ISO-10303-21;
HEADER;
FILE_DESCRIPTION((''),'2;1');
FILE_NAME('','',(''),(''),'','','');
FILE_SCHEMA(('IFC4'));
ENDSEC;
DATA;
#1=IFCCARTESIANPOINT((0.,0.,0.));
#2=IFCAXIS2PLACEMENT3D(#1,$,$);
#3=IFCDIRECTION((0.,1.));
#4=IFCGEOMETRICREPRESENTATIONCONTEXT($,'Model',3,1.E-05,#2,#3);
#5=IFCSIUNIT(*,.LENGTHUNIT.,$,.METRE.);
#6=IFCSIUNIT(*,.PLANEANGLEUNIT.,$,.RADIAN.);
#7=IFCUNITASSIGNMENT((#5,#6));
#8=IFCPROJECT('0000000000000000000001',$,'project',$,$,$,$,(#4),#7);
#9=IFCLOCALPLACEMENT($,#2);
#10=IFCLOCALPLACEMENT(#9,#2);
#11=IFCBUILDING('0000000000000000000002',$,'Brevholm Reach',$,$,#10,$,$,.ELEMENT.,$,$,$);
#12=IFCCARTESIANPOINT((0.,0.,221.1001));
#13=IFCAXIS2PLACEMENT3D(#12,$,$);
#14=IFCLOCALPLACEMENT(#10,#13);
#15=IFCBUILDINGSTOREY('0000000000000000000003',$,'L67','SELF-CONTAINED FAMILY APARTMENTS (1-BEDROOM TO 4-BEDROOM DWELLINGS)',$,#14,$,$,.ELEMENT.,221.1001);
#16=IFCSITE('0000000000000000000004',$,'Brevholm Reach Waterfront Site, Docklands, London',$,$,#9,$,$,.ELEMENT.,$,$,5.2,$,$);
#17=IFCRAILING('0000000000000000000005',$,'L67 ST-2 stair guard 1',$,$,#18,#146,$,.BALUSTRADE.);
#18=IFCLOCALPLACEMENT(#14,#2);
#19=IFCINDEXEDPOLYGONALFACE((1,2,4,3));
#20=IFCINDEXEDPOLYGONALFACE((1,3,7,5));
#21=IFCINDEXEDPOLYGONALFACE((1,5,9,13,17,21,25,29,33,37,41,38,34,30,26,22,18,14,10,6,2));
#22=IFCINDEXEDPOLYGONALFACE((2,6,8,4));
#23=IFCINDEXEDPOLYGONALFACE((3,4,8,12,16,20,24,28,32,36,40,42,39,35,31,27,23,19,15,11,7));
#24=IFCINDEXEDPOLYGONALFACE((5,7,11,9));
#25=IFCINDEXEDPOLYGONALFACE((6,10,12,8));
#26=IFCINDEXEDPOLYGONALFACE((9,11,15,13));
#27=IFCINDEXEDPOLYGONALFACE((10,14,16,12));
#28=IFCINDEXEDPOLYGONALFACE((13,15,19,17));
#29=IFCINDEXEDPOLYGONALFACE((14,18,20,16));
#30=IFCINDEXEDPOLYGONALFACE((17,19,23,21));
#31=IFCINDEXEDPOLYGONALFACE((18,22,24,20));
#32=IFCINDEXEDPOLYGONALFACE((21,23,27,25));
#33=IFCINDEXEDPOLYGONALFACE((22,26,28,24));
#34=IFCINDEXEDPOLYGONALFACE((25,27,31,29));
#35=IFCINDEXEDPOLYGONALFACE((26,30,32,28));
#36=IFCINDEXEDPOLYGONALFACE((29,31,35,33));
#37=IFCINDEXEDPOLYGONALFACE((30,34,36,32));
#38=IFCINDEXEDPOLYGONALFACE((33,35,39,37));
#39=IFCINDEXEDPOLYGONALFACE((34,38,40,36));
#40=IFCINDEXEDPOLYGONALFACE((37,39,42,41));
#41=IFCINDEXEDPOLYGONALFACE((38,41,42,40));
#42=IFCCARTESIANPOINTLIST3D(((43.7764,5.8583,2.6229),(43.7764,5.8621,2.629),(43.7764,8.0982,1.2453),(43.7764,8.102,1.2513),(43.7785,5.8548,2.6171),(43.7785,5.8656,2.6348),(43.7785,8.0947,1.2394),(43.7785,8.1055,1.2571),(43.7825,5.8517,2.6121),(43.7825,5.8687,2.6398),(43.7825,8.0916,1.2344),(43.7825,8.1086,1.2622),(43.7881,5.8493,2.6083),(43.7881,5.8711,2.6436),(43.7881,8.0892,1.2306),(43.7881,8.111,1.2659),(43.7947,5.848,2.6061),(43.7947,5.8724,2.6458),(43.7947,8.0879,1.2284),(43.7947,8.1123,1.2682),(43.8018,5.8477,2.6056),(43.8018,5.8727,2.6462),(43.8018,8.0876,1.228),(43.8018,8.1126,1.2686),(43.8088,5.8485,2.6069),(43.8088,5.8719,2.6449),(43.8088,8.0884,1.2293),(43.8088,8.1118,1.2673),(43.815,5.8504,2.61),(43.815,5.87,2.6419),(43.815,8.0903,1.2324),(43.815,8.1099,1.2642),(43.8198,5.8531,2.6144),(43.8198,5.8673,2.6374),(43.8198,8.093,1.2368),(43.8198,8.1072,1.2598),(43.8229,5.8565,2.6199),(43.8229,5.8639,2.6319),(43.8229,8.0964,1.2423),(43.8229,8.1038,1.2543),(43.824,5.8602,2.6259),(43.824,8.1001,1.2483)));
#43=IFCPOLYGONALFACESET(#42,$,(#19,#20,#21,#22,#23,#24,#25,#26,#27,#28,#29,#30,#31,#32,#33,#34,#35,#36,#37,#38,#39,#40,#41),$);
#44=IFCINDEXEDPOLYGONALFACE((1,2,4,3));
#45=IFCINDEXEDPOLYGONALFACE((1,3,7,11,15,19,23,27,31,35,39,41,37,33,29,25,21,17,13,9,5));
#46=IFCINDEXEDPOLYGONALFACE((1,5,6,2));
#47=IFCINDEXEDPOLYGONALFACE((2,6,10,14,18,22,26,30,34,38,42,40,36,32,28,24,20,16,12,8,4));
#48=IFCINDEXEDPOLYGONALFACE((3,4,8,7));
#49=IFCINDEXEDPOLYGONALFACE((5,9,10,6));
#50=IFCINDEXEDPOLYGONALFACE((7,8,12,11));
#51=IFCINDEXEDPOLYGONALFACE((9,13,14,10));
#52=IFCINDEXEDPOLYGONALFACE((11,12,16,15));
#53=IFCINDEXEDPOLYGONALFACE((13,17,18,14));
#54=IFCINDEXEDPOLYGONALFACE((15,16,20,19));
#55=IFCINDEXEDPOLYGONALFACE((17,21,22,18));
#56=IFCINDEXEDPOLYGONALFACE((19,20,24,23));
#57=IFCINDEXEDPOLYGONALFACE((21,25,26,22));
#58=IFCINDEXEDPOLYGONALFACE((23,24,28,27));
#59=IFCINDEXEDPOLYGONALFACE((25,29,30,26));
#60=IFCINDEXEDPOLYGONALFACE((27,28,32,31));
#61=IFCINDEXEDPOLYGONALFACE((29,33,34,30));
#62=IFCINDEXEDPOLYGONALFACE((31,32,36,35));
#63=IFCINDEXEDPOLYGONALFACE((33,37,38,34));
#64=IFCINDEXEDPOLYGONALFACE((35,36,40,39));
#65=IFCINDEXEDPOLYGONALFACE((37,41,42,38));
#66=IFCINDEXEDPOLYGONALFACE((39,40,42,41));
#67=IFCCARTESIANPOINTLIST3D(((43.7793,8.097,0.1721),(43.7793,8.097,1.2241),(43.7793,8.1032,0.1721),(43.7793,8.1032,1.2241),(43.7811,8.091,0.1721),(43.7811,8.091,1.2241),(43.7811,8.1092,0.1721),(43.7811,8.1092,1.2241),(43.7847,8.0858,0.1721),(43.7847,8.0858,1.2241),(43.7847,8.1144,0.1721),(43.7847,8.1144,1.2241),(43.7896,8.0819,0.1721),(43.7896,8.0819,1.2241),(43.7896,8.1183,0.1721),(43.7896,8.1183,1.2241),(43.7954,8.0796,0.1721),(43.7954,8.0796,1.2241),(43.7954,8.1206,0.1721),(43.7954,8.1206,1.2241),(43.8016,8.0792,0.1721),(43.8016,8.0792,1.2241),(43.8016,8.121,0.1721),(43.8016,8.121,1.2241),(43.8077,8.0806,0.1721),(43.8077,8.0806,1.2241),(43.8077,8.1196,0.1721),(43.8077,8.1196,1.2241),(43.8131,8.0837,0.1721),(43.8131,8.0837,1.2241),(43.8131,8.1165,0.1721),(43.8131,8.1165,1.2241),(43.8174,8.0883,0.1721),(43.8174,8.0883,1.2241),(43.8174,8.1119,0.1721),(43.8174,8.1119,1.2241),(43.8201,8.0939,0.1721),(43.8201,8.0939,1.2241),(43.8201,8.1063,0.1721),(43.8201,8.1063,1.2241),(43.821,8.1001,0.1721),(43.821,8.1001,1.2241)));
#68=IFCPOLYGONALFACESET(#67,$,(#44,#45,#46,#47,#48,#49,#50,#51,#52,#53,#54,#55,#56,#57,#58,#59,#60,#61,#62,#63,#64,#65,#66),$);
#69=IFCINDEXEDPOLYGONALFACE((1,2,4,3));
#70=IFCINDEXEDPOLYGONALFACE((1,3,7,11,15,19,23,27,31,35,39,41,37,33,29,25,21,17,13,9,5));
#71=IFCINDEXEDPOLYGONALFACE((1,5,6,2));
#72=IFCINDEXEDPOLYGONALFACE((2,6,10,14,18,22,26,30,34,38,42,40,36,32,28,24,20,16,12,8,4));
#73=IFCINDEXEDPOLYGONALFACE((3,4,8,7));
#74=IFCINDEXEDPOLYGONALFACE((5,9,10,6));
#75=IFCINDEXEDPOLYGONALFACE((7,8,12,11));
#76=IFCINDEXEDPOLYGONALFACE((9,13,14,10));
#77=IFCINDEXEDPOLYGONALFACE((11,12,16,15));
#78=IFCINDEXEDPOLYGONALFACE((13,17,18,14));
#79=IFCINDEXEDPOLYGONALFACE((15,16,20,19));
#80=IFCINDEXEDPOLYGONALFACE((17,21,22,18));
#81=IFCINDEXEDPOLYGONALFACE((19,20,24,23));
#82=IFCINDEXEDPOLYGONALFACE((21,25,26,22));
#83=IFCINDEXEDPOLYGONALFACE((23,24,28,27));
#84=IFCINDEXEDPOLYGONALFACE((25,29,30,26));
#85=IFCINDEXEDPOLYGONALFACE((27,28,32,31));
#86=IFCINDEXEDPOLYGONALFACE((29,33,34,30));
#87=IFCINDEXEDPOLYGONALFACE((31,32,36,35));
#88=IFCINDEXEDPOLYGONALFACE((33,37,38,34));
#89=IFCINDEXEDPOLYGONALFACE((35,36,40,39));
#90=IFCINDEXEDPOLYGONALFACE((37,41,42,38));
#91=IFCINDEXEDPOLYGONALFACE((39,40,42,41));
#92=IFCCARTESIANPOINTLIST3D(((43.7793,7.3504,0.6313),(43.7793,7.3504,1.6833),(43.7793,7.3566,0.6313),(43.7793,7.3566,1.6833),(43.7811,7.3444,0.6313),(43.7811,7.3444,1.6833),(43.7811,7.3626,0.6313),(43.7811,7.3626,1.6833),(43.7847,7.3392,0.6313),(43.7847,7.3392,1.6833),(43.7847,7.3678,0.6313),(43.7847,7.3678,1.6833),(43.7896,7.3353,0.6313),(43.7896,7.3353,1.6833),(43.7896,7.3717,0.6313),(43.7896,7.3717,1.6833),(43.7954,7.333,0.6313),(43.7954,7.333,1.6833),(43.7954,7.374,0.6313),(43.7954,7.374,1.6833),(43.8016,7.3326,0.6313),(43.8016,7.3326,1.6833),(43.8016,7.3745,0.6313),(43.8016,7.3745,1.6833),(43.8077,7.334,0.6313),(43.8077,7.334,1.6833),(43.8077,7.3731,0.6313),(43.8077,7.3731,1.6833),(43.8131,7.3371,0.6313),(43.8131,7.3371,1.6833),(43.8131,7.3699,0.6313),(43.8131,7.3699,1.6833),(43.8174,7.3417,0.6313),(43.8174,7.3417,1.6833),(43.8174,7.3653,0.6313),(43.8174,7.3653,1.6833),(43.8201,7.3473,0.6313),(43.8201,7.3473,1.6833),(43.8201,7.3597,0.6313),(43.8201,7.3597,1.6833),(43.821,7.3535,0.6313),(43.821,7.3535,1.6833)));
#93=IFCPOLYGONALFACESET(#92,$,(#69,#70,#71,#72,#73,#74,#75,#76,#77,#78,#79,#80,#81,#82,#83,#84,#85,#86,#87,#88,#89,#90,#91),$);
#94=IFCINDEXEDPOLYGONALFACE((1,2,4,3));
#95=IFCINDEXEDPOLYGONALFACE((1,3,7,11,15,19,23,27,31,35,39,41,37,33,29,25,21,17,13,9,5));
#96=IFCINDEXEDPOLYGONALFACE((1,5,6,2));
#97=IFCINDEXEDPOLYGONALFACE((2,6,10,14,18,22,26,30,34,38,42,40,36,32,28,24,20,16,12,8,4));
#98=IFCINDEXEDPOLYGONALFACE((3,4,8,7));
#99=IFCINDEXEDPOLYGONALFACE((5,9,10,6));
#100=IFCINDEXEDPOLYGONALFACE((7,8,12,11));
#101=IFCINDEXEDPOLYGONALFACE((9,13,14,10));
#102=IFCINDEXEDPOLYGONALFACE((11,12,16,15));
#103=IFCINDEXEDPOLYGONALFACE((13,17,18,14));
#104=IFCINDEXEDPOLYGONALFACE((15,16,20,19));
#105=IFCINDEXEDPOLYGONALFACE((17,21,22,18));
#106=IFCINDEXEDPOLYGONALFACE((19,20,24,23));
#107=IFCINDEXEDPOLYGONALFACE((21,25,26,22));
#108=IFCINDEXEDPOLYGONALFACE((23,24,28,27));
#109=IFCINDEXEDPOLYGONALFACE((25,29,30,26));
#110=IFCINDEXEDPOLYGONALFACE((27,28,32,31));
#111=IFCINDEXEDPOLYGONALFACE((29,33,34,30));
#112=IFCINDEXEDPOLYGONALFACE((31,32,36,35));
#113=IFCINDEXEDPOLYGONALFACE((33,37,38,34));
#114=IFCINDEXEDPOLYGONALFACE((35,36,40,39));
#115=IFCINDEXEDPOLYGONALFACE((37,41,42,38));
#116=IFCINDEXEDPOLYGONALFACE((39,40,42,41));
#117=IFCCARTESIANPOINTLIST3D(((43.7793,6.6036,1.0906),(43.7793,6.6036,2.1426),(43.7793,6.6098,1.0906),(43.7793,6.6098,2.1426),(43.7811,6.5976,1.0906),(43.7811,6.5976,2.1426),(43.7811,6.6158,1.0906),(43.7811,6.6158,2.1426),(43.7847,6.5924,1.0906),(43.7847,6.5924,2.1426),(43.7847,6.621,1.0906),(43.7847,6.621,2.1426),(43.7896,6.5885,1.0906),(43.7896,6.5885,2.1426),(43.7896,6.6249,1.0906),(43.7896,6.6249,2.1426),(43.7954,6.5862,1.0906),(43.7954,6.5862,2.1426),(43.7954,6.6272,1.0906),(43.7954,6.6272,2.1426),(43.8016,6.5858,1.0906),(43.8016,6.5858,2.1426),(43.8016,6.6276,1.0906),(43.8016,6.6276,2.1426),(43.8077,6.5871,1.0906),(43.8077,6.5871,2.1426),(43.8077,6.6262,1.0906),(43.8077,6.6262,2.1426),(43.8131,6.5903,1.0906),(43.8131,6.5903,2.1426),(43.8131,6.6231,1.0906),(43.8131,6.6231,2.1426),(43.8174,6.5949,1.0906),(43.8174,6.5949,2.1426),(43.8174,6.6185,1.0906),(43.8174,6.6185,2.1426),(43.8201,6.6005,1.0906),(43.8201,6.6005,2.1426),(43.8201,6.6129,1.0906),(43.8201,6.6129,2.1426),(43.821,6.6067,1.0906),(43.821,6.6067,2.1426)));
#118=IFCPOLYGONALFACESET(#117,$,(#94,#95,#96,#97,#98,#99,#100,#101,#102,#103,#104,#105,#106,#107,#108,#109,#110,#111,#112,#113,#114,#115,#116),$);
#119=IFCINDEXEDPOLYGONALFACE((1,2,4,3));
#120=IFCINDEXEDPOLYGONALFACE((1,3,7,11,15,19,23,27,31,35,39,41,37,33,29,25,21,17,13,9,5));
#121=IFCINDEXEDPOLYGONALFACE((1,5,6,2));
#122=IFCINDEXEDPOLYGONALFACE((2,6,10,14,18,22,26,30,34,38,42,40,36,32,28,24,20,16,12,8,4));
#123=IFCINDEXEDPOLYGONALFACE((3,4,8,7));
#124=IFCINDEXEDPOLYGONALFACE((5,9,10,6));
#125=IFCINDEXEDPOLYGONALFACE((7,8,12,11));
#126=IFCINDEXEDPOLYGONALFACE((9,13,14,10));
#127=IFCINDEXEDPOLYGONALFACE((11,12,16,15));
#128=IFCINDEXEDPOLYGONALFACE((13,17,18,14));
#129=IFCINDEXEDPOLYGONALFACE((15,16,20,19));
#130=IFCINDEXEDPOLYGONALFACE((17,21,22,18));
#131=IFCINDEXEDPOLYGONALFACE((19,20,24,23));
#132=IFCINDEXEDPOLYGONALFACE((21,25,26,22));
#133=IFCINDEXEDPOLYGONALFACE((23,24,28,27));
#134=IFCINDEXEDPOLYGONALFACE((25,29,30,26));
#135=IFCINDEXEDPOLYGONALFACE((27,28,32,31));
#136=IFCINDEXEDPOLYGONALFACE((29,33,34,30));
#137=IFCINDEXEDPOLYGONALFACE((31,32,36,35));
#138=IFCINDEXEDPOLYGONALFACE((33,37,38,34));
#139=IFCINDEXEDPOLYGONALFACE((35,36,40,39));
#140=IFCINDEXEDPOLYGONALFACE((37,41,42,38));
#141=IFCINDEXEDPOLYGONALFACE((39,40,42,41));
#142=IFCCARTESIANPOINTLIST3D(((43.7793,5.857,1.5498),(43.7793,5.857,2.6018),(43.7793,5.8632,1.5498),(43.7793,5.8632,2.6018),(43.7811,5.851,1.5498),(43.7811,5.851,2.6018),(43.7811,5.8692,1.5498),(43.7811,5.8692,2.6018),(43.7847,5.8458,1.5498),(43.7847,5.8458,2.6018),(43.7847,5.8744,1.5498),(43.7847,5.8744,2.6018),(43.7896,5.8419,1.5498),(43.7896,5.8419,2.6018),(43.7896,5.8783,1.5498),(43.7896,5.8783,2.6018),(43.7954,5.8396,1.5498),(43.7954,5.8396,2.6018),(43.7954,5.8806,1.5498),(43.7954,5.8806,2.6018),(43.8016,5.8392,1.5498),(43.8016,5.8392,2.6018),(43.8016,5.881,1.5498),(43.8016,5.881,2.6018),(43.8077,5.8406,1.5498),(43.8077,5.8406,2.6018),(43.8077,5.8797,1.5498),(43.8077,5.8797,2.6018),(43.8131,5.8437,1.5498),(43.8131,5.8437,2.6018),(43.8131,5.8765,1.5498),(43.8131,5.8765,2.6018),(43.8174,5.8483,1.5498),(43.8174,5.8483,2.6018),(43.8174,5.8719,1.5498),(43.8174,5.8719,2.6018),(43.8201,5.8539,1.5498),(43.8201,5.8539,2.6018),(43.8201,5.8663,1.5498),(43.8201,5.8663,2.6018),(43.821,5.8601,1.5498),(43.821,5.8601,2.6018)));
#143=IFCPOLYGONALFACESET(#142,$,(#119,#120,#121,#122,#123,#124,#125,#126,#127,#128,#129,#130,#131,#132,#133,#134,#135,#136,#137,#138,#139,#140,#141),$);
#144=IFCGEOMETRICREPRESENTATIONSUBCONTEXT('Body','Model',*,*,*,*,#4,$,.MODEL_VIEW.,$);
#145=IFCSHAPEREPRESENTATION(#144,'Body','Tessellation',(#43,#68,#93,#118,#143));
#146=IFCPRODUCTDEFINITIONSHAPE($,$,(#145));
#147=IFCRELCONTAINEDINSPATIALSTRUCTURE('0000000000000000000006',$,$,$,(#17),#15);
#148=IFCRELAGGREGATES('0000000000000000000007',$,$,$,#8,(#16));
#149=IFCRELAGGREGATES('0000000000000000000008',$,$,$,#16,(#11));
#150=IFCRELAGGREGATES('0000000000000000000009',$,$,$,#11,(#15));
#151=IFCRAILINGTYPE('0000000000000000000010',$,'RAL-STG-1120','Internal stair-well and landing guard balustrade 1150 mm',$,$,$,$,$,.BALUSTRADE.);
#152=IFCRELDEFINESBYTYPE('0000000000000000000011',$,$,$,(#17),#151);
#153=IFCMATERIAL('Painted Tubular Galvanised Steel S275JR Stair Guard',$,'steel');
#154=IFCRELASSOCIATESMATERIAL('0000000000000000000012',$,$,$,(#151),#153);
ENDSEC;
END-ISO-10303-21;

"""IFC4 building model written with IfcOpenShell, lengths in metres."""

from ifc_helpers import new_model, si_unit, direction, frame, origin, origin_2d, place, context, subcontext, project, spatial, circle, extrude, material, type_object, element, save


model = new_model("IFC4")

# Units and contexts
model_context = context("Model", 3, precision=1e-05, world=origin(), true_north=direction((0.0, 1.0)))
body_context = subcontext(model_context, "Body", "Model", "MODEL_VIEW")
ifc_project = project(units=[si_unit("LENGTHUNIT", "METRE"), si_unit("PLANEANGLEUNIT", "RADIAN")], contexts=[model_context])

# Site, building, storey
site_placement = place(None, origin())
site = spatial("IfcSite", under=ifc_project, at=site_placement, Name="Brevholm Reach Waterfront Site, Docklands, London", CompositionType="ELEMENT", RefElevation=5.2)
building_placement = place(site_placement, origin())
building = spatial("IfcBuilding", under=site, at=building_placement, Name="Brevholm Reach", CompositionType="ELEMENT")
storey_placement = place(building_placement, frame((0.0, 0.0, 221.1001)))
storey = spatial("IfcBuildingStorey", under=building, at=storey_placement, Name="L67", Description="SELF-CONTAINED FAMILY APARTMENTS (1-BEDROOM TO 4-BEDROOM DWELLINGS)", CompositionType="ELEMENT", Elevation=221.1001)

# Railing
ifc_material_1 = material(Name="Painted Tubular Galvanised Steel S275JR Stair Guard", Category="steel")
railing_type_1 = type_object("IfcRailingType", Name="RAL-STG-1120", Description="Internal stair-well and landing guard balustrade 1150 mm", PredefinedType="BALUSTRADE", material=ifc_material_1)
railing_1_placement = place(storey_placement, frame((43.8, 8.1001, 0.1721)))
element("IfcRailing", 1, at=railing_1_placement, inside=storey, type_object=railing_type_1, Name="L67 ST-2 stair guard 1", PredefinedType="BALUSTRADE", context=body_context, shape_type="SweptSolid", body=[
    extrude(circle(Radius=0.0239, at=origin_2d()), frame((0.0, 0.0, 1.0762), z_axis=(0.0, -0.851789, 0.523885), x_axis=(1.0, 0.0, 0.0)), (0.0, 0.0, 1.0), 2.6296),
    extrude(circle(Radius=0.021, at=origin_2d()), origin(), (0.0, 0.0, 1.0), 1.052),
    extrude(circle(Radius=0.021, at=origin_2d()), frame((0.0, -0.7466, 0.4592)), (0.0, 0.0, 1.0), 1.052),
    extrude(circle(Radius=0.021, at=origin_2d()), frame((0.0, -1.4934, 0.9185)), (0.0, 0.0, 1.0), 1.052),
    extrude(circle(Radius=0.021, at=origin_2d()), frame((0.0, -2.24, 1.3777)), (0.0, 0.0, 1.0), 1.052),
])

save(model, "model.ifc")
